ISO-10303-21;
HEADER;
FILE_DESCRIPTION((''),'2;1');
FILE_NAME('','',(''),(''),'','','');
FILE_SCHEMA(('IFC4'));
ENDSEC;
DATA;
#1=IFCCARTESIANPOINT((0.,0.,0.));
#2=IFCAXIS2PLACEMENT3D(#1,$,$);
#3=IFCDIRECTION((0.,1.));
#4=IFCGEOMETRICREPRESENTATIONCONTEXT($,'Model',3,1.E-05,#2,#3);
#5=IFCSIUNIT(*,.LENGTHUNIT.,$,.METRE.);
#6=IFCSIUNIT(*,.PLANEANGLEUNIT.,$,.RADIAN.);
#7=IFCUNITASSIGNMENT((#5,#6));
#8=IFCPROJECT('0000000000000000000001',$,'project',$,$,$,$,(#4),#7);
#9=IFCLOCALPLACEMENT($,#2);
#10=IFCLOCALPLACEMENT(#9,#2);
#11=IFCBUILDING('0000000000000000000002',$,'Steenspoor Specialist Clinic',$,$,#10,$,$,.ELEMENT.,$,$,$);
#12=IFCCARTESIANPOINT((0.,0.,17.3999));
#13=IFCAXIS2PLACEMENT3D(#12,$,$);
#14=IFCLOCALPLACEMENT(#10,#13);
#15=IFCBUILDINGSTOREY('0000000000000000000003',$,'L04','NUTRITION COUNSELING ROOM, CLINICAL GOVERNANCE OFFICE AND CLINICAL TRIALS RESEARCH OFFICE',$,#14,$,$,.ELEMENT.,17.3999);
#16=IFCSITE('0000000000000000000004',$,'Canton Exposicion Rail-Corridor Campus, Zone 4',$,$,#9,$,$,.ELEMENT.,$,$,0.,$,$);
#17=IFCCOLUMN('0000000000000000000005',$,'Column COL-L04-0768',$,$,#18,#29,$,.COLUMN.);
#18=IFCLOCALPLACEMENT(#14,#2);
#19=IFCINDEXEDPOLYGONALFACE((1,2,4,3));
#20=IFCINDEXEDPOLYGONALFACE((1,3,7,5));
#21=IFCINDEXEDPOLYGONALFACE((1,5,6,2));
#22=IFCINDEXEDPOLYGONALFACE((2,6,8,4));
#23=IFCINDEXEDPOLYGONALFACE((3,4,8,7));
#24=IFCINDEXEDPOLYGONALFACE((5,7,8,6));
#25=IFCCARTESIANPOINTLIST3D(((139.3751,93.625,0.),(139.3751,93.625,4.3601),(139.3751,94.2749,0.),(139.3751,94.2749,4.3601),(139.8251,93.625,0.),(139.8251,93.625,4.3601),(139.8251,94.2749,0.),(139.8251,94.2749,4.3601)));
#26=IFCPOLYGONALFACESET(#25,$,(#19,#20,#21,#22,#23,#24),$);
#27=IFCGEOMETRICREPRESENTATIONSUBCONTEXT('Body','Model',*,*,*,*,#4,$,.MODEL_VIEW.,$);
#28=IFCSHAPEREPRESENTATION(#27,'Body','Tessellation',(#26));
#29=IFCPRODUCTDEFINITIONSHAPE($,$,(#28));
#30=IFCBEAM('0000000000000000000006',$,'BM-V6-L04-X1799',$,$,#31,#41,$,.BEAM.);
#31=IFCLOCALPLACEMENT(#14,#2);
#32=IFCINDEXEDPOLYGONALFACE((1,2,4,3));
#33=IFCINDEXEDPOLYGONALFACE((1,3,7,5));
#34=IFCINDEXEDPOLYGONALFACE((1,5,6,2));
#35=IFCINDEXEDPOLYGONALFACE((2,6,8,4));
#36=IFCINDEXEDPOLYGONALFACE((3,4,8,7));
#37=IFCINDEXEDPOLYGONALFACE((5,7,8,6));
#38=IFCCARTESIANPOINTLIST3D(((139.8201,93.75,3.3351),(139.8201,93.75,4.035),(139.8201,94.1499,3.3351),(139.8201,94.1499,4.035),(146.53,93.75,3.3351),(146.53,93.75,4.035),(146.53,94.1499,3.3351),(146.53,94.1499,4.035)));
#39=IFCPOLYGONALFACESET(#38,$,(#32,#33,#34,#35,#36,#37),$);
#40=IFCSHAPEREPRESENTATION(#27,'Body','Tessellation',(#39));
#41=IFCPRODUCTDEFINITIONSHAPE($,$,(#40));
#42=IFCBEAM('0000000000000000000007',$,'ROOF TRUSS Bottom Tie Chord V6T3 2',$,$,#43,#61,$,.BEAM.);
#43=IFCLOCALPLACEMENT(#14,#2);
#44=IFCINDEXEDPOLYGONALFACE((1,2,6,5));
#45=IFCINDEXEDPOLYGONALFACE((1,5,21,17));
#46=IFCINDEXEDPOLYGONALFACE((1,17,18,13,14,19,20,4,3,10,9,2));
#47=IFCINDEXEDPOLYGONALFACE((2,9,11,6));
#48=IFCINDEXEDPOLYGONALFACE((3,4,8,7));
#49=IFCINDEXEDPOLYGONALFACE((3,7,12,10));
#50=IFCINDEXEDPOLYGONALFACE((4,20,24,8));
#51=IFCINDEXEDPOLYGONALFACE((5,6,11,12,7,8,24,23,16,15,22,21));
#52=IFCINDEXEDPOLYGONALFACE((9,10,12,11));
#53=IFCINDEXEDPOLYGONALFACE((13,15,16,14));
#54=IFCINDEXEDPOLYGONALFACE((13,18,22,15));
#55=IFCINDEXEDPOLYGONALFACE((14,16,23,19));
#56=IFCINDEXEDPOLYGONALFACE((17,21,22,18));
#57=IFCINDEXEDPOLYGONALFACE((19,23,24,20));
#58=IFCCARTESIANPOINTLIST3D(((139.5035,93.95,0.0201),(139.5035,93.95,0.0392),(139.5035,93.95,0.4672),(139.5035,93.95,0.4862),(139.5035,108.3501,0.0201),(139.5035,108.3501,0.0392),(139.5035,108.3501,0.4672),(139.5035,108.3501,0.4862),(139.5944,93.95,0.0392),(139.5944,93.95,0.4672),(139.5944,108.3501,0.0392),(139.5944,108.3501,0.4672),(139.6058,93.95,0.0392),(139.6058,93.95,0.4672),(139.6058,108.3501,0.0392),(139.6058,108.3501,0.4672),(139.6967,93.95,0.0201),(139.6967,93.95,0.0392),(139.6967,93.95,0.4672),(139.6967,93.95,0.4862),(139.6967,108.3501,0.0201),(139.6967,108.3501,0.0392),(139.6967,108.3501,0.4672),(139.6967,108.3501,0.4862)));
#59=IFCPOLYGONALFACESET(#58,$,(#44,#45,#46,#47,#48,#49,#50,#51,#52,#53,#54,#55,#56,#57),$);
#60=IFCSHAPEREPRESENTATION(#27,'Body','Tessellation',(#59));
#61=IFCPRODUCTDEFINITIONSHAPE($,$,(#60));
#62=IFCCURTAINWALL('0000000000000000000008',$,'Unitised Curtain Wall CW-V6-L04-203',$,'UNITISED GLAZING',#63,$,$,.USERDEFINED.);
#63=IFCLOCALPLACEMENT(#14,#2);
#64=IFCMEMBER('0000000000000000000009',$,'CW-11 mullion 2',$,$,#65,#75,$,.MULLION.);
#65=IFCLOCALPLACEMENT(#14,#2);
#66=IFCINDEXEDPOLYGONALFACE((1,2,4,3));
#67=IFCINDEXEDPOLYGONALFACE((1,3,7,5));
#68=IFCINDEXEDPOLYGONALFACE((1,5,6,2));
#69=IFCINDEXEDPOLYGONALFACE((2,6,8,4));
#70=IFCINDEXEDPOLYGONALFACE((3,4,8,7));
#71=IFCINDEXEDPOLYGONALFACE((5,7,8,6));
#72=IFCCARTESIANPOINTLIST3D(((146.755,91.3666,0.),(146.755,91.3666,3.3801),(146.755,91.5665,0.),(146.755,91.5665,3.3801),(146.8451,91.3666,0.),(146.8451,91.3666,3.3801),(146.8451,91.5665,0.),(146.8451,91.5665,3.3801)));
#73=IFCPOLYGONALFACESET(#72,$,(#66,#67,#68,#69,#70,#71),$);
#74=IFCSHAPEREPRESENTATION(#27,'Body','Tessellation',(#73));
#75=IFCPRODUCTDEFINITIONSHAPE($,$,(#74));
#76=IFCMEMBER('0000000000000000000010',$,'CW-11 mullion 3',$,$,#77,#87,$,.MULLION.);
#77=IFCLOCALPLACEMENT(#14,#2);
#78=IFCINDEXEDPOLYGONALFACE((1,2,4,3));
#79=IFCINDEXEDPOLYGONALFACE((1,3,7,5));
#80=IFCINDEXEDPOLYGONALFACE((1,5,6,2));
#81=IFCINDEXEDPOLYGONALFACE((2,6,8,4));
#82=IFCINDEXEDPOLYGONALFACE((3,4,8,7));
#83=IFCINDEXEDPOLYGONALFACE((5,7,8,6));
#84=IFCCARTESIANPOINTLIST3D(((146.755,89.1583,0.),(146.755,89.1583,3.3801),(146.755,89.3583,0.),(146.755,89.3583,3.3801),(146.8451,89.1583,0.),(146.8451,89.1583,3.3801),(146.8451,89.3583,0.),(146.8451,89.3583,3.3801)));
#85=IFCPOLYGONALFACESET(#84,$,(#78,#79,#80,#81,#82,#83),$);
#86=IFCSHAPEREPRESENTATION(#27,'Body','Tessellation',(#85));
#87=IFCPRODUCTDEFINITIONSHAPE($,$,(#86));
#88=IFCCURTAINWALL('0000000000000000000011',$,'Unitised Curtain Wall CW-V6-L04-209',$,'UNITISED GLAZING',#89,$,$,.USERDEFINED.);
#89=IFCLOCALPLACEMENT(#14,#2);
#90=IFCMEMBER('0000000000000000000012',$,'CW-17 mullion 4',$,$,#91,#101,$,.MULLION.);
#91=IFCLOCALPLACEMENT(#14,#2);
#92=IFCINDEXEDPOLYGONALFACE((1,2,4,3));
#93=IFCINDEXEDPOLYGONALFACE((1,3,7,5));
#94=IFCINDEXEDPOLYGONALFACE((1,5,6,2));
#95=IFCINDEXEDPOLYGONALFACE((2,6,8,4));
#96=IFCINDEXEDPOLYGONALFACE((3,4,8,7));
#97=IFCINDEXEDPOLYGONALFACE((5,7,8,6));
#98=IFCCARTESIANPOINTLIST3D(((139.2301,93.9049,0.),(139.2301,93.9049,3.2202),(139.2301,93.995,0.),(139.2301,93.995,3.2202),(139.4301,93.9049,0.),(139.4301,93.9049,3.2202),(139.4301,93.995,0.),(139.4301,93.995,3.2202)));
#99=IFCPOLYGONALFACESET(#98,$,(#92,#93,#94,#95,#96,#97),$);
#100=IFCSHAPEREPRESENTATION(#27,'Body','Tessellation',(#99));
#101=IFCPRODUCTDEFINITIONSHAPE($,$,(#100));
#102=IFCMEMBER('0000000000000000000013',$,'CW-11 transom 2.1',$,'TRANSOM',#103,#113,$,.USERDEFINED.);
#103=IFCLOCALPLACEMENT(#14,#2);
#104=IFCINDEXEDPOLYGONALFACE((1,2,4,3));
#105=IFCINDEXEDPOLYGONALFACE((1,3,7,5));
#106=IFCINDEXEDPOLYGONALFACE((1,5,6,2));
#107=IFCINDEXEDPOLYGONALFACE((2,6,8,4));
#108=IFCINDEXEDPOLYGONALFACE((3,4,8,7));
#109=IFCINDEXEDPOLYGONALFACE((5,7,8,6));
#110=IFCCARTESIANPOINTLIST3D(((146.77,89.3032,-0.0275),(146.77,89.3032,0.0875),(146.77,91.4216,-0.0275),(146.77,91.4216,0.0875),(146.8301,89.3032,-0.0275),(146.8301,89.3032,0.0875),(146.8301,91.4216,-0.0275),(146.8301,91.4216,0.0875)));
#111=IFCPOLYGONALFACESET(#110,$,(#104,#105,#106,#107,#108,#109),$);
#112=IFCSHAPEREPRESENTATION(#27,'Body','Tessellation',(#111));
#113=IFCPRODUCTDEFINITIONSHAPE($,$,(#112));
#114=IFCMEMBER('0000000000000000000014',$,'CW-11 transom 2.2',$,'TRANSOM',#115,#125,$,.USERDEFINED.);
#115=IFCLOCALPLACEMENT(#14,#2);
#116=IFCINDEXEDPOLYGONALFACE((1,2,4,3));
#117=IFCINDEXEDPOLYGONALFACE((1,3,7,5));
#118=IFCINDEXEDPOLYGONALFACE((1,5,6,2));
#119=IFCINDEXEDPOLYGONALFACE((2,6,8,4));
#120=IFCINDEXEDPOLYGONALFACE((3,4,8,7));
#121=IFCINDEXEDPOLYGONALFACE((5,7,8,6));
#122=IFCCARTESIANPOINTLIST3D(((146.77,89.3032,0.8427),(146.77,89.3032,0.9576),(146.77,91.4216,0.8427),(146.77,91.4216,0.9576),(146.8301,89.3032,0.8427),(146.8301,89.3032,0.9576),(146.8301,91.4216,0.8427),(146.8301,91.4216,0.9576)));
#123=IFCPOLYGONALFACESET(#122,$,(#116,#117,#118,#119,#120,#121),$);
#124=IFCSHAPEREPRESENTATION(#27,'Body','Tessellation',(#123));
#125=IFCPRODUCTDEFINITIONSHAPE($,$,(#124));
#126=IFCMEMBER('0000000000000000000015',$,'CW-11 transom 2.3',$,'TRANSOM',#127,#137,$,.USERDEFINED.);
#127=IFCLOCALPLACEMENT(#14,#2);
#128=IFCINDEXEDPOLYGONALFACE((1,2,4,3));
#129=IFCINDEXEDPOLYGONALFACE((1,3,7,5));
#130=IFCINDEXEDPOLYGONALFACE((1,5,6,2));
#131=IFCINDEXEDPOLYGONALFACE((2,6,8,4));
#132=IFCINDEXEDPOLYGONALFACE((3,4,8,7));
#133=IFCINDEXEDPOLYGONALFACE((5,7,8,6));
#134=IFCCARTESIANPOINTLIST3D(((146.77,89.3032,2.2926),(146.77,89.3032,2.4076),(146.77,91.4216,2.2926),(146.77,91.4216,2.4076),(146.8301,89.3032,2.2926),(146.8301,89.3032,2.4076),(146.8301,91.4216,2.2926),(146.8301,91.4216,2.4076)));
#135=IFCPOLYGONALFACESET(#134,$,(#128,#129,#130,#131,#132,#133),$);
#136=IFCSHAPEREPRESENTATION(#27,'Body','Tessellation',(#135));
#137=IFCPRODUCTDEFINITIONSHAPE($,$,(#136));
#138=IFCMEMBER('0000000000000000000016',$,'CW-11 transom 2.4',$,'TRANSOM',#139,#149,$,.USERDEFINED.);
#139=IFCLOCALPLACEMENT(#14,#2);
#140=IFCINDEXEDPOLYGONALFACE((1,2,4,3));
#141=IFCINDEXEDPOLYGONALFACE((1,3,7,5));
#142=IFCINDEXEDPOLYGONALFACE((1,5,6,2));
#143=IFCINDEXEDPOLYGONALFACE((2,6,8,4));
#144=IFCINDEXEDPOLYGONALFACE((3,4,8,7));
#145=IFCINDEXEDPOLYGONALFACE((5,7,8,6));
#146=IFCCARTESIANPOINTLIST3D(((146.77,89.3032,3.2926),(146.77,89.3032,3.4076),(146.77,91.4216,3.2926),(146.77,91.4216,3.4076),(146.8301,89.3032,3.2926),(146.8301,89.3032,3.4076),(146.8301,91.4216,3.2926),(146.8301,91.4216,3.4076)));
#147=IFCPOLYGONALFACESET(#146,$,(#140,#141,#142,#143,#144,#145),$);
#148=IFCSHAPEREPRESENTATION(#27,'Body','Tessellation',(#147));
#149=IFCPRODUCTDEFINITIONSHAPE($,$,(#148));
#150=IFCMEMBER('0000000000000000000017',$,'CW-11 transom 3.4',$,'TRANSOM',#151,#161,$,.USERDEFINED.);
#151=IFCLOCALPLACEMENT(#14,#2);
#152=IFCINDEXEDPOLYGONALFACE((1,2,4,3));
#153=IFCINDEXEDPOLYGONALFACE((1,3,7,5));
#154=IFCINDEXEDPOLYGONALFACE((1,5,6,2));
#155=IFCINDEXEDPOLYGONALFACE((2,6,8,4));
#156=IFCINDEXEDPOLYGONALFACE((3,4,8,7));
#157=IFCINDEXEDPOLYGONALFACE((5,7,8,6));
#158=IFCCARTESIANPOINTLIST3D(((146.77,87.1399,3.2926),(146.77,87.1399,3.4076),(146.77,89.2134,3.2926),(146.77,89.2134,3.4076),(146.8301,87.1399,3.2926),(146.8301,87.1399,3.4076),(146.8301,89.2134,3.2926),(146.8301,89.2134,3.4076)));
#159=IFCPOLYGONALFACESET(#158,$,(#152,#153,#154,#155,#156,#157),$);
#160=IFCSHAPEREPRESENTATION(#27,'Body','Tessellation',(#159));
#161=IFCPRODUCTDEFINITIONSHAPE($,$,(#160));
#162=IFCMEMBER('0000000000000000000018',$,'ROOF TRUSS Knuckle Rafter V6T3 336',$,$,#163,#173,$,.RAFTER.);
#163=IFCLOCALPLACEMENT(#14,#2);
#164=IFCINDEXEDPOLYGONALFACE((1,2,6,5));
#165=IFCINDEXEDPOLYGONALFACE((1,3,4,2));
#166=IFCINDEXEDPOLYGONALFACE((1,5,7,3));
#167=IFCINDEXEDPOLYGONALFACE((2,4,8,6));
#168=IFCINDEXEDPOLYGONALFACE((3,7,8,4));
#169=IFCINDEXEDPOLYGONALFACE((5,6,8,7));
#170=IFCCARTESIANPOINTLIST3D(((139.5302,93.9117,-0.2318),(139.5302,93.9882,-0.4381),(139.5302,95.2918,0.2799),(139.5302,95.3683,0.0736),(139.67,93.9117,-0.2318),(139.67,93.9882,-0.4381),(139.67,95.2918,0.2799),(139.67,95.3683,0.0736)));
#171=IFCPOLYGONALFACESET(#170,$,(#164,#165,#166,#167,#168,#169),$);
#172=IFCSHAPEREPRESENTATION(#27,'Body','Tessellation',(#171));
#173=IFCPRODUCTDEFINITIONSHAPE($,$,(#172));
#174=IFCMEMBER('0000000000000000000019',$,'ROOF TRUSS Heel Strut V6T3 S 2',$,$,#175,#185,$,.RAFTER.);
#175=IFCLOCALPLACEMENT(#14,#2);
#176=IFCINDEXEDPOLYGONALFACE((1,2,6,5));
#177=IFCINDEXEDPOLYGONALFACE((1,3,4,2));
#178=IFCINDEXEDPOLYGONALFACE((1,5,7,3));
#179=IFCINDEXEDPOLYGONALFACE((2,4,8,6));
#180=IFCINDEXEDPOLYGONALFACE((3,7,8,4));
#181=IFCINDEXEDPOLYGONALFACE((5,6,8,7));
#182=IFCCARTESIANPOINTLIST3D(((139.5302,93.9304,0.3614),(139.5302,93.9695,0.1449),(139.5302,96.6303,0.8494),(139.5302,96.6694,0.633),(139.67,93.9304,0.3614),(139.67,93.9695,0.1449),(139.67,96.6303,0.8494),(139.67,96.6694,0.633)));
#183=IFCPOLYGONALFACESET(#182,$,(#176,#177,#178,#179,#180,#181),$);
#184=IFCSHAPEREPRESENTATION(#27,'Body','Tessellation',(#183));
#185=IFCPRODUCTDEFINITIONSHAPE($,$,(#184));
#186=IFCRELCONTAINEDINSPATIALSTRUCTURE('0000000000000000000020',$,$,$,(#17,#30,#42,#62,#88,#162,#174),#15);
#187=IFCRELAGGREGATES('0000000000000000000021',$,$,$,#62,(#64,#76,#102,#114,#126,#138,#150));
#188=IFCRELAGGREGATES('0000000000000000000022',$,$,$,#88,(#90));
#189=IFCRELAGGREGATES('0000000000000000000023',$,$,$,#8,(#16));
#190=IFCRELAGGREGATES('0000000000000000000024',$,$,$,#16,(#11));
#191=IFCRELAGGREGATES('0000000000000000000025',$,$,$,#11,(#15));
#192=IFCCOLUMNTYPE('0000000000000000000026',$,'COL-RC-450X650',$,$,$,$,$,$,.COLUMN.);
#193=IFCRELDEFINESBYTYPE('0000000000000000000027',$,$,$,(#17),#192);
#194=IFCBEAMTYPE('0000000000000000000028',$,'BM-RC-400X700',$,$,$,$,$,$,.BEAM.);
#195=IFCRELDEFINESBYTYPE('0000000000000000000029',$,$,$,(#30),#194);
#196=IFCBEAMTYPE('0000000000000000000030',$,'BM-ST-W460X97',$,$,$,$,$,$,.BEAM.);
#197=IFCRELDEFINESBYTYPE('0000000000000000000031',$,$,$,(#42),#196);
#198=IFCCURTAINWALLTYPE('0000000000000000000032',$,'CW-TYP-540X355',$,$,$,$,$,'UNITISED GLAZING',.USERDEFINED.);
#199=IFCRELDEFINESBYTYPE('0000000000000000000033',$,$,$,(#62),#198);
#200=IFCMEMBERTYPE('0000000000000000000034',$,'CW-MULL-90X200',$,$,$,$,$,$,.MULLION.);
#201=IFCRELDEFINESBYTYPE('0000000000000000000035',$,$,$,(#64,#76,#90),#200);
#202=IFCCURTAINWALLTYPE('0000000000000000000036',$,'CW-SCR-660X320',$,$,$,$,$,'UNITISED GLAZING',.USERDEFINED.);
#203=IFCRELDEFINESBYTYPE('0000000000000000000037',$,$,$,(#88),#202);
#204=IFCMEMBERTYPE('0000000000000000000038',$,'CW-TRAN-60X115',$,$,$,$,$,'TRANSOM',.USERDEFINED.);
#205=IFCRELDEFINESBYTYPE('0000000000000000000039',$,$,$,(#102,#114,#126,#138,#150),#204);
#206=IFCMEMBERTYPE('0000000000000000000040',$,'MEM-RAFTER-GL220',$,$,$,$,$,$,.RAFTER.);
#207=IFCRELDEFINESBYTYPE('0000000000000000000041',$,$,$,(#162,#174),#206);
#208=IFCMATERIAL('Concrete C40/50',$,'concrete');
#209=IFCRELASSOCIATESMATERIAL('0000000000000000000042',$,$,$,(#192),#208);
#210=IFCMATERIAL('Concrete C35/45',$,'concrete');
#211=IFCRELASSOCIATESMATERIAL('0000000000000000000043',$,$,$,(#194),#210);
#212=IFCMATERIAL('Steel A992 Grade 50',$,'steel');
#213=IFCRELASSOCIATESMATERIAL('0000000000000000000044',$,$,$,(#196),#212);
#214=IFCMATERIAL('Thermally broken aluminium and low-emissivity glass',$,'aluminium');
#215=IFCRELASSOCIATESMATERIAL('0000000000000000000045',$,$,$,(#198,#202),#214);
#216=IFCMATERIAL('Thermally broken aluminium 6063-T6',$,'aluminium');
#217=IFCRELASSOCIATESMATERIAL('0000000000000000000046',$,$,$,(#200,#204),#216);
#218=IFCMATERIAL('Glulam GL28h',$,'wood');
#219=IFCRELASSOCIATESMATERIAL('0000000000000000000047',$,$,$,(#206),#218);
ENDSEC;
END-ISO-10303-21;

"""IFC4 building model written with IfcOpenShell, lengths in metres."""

from ifc_helpers import new_model, si_unit, direction, frame, origin, origin_2d, place, context, subcontext, project, spatial, rectangle, i_section, extrude, material, material_profile, profile_set, type_object, element, aggregate, save


model = new_model("IFC4")

# Units and contexts
model_context = context("Model", 3, precision=1e-05, world=origin(), true_north=direction((0.0, 1.0)))
body_context = subcontext(model_context, "Body", "Model", "MODEL_VIEW")
ifc_project = project(units=[si_unit("LENGTHUNIT", "METRE"), si_unit("PLANEANGLEUNIT", "RADIAN")], contexts=[model_context])

# Site, building, storey
site_placement = place(None, origin())
site = spatial("IfcSite", under=ifc_project, at=site_placement, Name="Canton Exposicion Rail-Corridor Campus, Zone 4", CompositionType="ELEMENT", RefElevation=0.0)
building_placement = place(site_placement, origin())
building = spatial("IfcBuilding", under=site, at=building_placement, Name="Steenspoor Specialist Clinic", CompositionType="ELEMENT")
storey_placement = place(building_placement, frame((0.0, 0.0, 17.3999)))
storey = spatial("IfcBuildingStorey", under=building, at=storey_placement, Name="L04", Description="NUTRITION COUNSELING ROOM, CLINICAL GOVERNANCE OFFICE AND CLINICAL TRIALS RESEARCH OFFICE", CompositionType="ELEMENT", Elevation=17.3999)

# Column
ifc_material_1 = material(Name="Concrete C40/50", Category="concrete")
ifc_material_profile_1 = material_profile(ifc_material_1, rectangle(XDim=0.45, YDim=0.6499, at=origin_2d()), Name="RC-COL-450X650")
ifc_profile_set_1 = profile_set([ifc_material_profile_1], Name="Concrete C40/50")
column_type = type_object("IfcColumnType", Name="COL-RC-450X650", PredefinedType="COLUMN", material=ifc_profile_set_1)
column_placement = place(storey_placement, frame((139.6001, 93.95, 0.0), z_axis=(0.0, 0.0, 1.0), x_axis=(1.0, 0.0, 0.0)))
element("IfcColumn", 1, at=column_placement, inside=storey, type_object=column_type, Name="Column COL-L04-0768", PredefinedType="COLUMN", context=body_context, shape_type="SweptSolid", body=[
    extrude(rectangle(XDim=0.45, YDim=0.6499, at=origin_2d()), origin(), (0.0, 0.0, 1.0), 4.3601),
])

# Beams
ifc_material_2 = material(Name="Concrete C35/45", Category="concrete")
ifc_material_profile_2 = material_profile(ifc_material_2, rectangle(XDim=0.3999, YDim=0.7, at=origin_2d()), Name="RC-BM-400X700")
ifc_profile_set_2 = profile_set([ifc_material_profile_2], Name="Concrete C35/45")
beam_type_1 = type_object("IfcBeamType", Name="BM-RC-400X700", PredefinedType="BEAM", material=ifc_profile_set_2)
beam_1_placement = place(storey_placement, frame((139.8201, 93.95, 3.6851), z_axis=(1.0, 0.0, 0.0), x_axis=(0.0, 1.0, 0.0)))
element("IfcBeam", 2, at=beam_1_placement, inside=storey, type_object=beam_type_1, Name="BM-V6-L04-X1799", PredefinedType="BEAM", context=body_context, shape_type="SweptSolid", body=[
    extrude(rectangle(XDim=0.3999, YDim=0.7, at=origin_2d()), origin(), (0.0, 0.0, 1.0), 6.71),
])
ifc_material_3 = material(Name="Steel A992 Grade 50", Category="steel")
ifc_material_profile_3 = material_profile(ifc_material_3, i_section(OverallWidth=0.1931, OverallDepth=0.4661, WebThickness=0.0115, FlangeThickness=0.019, at=origin_2d()), Name="W460X97")
ifc_profile_set_3 = profile_set([ifc_material_profile_3], Name="Steel A992 Grade 50")
beam_type_2 = type_object("IfcBeamType", Name="BM-ST-W460X97", PredefinedType="BEAM", material=ifc_profile_set_3)
beam_2_placement = place(storey_placement, frame((139.6001, 93.95, 0.2532), z_axis=(0.0, 1.0, 0.0), x_axis=(-1.0, 0.0, 0.0)))
element("IfcBeam", 3, at=beam_2_placement, inside=storey, type_object=beam_type_2, Name="ROOF TRUSS Bottom Tie Chord V6T3 2", PredefinedType="BEAM", context=body_context, shape_type="SweptSolid", body=[
    extrude(i_section(OverallWidth=0.1931, OverallDepth=0.4661, WebThickness=0.0115, FlangeThickness=0.019, at=origin_2d()), origin(), (0.0, 0.0, 1.0), 14.4001),
])

# Curtain wall, members
ifc_material_4 = material(Name="Thermally broken aluminium and low-emissivity glass", Category="aluminium")
curtain_wall_type_1 = type_object("IfcCurtainWallType", Name="CW-TYP-540X355", ElementType="UNITISED GLAZING", PredefinedType="USERDEFINED", material=ifc_material_4)
curtain_wall_1_placement = place(storey_placement, origin())
curtain_wall_1 = element("IfcCurtainWall", 4, at=curtain_wall_1_placement, inside=storey, type_object=curtain_wall_type_1, Name="Unitised Curtain Wall CW-V6-L04-203", ObjectType="UNITISED GLAZING", PredefinedType="USERDEFINED")
ifc_material_5 = material(Name="Thermally broken aluminium 6063-T6", Category="aluminium")
ifc_material_profile_4 = material_profile(ifc_material_5, rectangle(XDim=0.0901, YDim=0.2, at=origin_2d()), Name="CWM-90X200")
ifc_profile_set_4 = profile_set([ifc_material_profile_4], Name="Thermally broken aluminium 6063-T6")
member_type_1 = type_object("IfcMemberType", Name="CW-MULL-90X200", PredefinedType="MULLION", material=ifc_profile_set_4)
member_1_placement = place(storey_placement, frame((146.8, 91.4666, 0.0), z_axis=(0.0, 0.0, 1.0), x_axis=(1.0, 0.0, 0.0)))
member_1 = element("IfcMember", 5, at=member_1_placement, type_object=member_type_1, Name="CW-11 mullion 2", PredefinedType="MULLION", context=body_context, shape_type="SweptSolid", body=[
    extrude(rectangle(XDim=0.0901, YDim=0.2, at=origin_2d()), origin(), (0.0, 0.0, 1.0), 3.3801),
])
member_2_placement = place(storey_placement, frame((146.8, 89.2583, 0.0), z_axis=(0.0, 0.0, 1.0), x_axis=(1.0, 0.0, 0.0)))
member_2 = element("IfcMember", 6, at=member_2_placement, type_object=member_type_1, Name="CW-11 mullion 3", PredefinedType="MULLION", context=body_context, shape_type="SweptSolid", body=[
    extrude(rectangle(XDim=0.0901, YDim=0.2, at=origin_2d()), origin(), (0.0, 0.0, 1.0), 3.3801),
])

# Curtain wall, member
curtain_wall_type_2 = type_object("IfcCurtainWallType", Name="CW-SCR-660X320", ElementType="UNITISED GLAZING", PredefinedType="USERDEFINED", material=ifc_material_4)
curtain_wall_2_placement = place(storey_placement, origin())
curtain_wall_2 = element("IfcCurtainWall", 7, at=curtain_wall_2_placement, inside=storey, type_object=curtain_wall_type_2, Name="Unitised Curtain Wall CW-V6-L04-209", ObjectType="UNITISED GLAZING", PredefinedType="USERDEFINED")
member_3_placement = place(storey_placement, frame((139.3301, 93.95, 0.0), z_axis=(0.0, 0.0, 1.0), x_axis=(0.0, 1.0, 0.0)))
member_3 = element("IfcMember", 8, at=member_3_placement, type_object=member_type_1, Name="CW-17 mullion 4", PredefinedType="MULLION", context=body_context, shape_type="SweptSolid", body=[
    extrude(rectangle(XDim=0.0901, YDim=0.2, at=origin_2d()), origin(), (0.0, 0.0, 1.0), 3.2202),
])

# Members
ifc_material_profile_5 = material_profile(ifc_material_5, rectangle(XDim=0.0601, YDim=0.115, at=origin_2d()), Name="CWT-60X115")
ifc_profile_set_5 = profile_set([ifc_material_profile_5], Name="Thermally broken aluminium 6063-T6")
member_type_2 = type_object("IfcMemberType", Name="CW-TRAN-60X115", ElementType="TRANSOM", PredefinedType="USERDEFINED", material=ifc_profile_set_5)
member_4_placement = place(storey_placement, frame((146.8, 91.4216, 0.03), z_axis=(0.0, -1.0, 0.0), x_axis=(1.0, 0.0, 0.0)))
member_4 = element("IfcMember", 9, at=member_4_placement, type_object=member_type_2, Name="CW-11 transom 2.1", ObjectType="TRANSOM", PredefinedType="USERDEFINED", context=body_context, shape_type="SweptSolid", body=[
    extrude(rectangle(XDim=0.0601, YDim=0.115, at=origin_2d()), origin(), (0.0, 0.0, 1.0), 2.1184),
])
member_5_placement = place(storey_placement, frame((146.8, 91.4216, 0.9001), z_axis=(0.0, -1.0, 0.0), x_axis=(1.0, 0.0, 0.0)))
member_5 = element("IfcMember", 10, at=member_5_placement, type_object=member_type_2, Name="CW-11 transom 2.2", ObjectType="TRANSOM", PredefinedType="USERDEFINED", context=body_context, shape_type="SweptSolid", body=[
    extrude(rectangle(XDim=0.0601, YDim=0.115, at=origin_2d()), origin(), (0.0, 0.0, 1.0), 2.1184),
])
member_6_placement = place(storey_placement, frame((146.8, 91.4216, 2.3501), z_axis=(0.0, -1.0, 0.0), x_axis=(1.0, 0.0, 0.0)))
member_6 = element("IfcMember", 11, at=member_6_placement, type_object=member_type_2, Name="CW-11 transom 2.3", ObjectType="TRANSOM", PredefinedType="USERDEFINED", context=body_context, shape_type="SweptSolid", body=[
    extrude(rectangle(XDim=0.0601, YDim=0.115, at=origin_2d()), origin(), (0.0, 0.0, 1.0), 2.1184),
])
member_7_placement = place(storey_placement, frame((146.8, 91.4216, 3.3501), z_axis=(0.0, -1.0, 0.0), x_axis=(1.0, 0.0, 0.0)))
member_7 = element("IfcMember", 12, at=member_7_placement, type_object=member_type_2, Name="CW-11 transom 2.4", ObjectType="TRANSOM", PredefinedType="USERDEFINED", context=body_context, shape_type="SweptSolid", body=[
    extrude(rectangle(XDim=0.0601, YDim=0.115, at=origin_2d()), origin(), (0.0, 0.0, 1.0), 2.1184),
])
member_8_placement = place(storey_placement, frame((146.8, 89.2134, 3.3501), z_axis=(0.0, -1.0, 0.0), x_axis=(1.0, 0.0, 0.0)))
member_8 = element("IfcMember", 13, at=member_8_placement, type_object=member_type_2, Name="CW-11 transom 3.4", ObjectType="TRANSOM", PredefinedType="USERDEFINED", context=body_context, shape_type="SweptSolid", body=[
    extrude(rectangle(XDim=0.0601, YDim=0.115, at=origin_2d()), origin(), (0.0, 0.0, 1.0), 2.0735),
])

# Members
ifc_material_6 = material(Name="Glulam GL28h", Category="wood")
ifc_material_profile_6 = material_profile(ifc_material_6, rectangle(XDim=0.1399, YDim=0.22, at=origin_2d()), Name="GL28H-140X220")
ifc_profile_set_6 = profile_set([ifc_material_profile_6], Name="Glulam GL28h")
member_type_3 = type_object("IfcMemberType", Name="MEM-RAFTER-GL220", PredefinedType="RAFTER", material=ifc_profile_set_6)
member_9_placement = place(storey_placement, frame((139.6001, 93.95, -0.335), z_axis=(0.0, 0.937625, 0.347649), x_axis=(-1.0, 0.0, 0.0)))
element("IfcMember", 14, at=member_9_placement, inside=storey, type_object=member_type_3, Name="ROOF TRUSS Knuckle Rafter V6T3 336", PredefinedType="RAFTER", context=body_context, shape_type="SweptSolid", body=[
    extrude(rectangle(XDim=0.1399, YDim=0.22, at=origin_2d()), origin(), (0.0, 0.0, 1.0), 1.4719),
])
member_10_placement = place(storey_placement, frame((139.6001, 93.95, 0.2532), z_axis=(0.0, 0.984053, 0.177875), x_axis=(-1.0, 0.0, 0.0)))
element("IfcMember", 15, at=member_10_placement, inside=storey, type_object=member_type_3, Name="ROOF TRUSS Heel Strut V6T3 S 2", PredefinedType="RAFTER", context=body_context, shape_type="SweptSolid", body=[
    extrude(rectangle(XDim=0.1399, YDim=0.22, at=origin_2d()), origin(), (0.0, 0.0, 1.0), 2.7437),
])

aggregate(curtain_wall_1, [member_1, member_2, member_4, member_5, member_6, member_7, member_8])
aggregate(curtain_wall_2, [member_3])

save(model, "model.ifc")
